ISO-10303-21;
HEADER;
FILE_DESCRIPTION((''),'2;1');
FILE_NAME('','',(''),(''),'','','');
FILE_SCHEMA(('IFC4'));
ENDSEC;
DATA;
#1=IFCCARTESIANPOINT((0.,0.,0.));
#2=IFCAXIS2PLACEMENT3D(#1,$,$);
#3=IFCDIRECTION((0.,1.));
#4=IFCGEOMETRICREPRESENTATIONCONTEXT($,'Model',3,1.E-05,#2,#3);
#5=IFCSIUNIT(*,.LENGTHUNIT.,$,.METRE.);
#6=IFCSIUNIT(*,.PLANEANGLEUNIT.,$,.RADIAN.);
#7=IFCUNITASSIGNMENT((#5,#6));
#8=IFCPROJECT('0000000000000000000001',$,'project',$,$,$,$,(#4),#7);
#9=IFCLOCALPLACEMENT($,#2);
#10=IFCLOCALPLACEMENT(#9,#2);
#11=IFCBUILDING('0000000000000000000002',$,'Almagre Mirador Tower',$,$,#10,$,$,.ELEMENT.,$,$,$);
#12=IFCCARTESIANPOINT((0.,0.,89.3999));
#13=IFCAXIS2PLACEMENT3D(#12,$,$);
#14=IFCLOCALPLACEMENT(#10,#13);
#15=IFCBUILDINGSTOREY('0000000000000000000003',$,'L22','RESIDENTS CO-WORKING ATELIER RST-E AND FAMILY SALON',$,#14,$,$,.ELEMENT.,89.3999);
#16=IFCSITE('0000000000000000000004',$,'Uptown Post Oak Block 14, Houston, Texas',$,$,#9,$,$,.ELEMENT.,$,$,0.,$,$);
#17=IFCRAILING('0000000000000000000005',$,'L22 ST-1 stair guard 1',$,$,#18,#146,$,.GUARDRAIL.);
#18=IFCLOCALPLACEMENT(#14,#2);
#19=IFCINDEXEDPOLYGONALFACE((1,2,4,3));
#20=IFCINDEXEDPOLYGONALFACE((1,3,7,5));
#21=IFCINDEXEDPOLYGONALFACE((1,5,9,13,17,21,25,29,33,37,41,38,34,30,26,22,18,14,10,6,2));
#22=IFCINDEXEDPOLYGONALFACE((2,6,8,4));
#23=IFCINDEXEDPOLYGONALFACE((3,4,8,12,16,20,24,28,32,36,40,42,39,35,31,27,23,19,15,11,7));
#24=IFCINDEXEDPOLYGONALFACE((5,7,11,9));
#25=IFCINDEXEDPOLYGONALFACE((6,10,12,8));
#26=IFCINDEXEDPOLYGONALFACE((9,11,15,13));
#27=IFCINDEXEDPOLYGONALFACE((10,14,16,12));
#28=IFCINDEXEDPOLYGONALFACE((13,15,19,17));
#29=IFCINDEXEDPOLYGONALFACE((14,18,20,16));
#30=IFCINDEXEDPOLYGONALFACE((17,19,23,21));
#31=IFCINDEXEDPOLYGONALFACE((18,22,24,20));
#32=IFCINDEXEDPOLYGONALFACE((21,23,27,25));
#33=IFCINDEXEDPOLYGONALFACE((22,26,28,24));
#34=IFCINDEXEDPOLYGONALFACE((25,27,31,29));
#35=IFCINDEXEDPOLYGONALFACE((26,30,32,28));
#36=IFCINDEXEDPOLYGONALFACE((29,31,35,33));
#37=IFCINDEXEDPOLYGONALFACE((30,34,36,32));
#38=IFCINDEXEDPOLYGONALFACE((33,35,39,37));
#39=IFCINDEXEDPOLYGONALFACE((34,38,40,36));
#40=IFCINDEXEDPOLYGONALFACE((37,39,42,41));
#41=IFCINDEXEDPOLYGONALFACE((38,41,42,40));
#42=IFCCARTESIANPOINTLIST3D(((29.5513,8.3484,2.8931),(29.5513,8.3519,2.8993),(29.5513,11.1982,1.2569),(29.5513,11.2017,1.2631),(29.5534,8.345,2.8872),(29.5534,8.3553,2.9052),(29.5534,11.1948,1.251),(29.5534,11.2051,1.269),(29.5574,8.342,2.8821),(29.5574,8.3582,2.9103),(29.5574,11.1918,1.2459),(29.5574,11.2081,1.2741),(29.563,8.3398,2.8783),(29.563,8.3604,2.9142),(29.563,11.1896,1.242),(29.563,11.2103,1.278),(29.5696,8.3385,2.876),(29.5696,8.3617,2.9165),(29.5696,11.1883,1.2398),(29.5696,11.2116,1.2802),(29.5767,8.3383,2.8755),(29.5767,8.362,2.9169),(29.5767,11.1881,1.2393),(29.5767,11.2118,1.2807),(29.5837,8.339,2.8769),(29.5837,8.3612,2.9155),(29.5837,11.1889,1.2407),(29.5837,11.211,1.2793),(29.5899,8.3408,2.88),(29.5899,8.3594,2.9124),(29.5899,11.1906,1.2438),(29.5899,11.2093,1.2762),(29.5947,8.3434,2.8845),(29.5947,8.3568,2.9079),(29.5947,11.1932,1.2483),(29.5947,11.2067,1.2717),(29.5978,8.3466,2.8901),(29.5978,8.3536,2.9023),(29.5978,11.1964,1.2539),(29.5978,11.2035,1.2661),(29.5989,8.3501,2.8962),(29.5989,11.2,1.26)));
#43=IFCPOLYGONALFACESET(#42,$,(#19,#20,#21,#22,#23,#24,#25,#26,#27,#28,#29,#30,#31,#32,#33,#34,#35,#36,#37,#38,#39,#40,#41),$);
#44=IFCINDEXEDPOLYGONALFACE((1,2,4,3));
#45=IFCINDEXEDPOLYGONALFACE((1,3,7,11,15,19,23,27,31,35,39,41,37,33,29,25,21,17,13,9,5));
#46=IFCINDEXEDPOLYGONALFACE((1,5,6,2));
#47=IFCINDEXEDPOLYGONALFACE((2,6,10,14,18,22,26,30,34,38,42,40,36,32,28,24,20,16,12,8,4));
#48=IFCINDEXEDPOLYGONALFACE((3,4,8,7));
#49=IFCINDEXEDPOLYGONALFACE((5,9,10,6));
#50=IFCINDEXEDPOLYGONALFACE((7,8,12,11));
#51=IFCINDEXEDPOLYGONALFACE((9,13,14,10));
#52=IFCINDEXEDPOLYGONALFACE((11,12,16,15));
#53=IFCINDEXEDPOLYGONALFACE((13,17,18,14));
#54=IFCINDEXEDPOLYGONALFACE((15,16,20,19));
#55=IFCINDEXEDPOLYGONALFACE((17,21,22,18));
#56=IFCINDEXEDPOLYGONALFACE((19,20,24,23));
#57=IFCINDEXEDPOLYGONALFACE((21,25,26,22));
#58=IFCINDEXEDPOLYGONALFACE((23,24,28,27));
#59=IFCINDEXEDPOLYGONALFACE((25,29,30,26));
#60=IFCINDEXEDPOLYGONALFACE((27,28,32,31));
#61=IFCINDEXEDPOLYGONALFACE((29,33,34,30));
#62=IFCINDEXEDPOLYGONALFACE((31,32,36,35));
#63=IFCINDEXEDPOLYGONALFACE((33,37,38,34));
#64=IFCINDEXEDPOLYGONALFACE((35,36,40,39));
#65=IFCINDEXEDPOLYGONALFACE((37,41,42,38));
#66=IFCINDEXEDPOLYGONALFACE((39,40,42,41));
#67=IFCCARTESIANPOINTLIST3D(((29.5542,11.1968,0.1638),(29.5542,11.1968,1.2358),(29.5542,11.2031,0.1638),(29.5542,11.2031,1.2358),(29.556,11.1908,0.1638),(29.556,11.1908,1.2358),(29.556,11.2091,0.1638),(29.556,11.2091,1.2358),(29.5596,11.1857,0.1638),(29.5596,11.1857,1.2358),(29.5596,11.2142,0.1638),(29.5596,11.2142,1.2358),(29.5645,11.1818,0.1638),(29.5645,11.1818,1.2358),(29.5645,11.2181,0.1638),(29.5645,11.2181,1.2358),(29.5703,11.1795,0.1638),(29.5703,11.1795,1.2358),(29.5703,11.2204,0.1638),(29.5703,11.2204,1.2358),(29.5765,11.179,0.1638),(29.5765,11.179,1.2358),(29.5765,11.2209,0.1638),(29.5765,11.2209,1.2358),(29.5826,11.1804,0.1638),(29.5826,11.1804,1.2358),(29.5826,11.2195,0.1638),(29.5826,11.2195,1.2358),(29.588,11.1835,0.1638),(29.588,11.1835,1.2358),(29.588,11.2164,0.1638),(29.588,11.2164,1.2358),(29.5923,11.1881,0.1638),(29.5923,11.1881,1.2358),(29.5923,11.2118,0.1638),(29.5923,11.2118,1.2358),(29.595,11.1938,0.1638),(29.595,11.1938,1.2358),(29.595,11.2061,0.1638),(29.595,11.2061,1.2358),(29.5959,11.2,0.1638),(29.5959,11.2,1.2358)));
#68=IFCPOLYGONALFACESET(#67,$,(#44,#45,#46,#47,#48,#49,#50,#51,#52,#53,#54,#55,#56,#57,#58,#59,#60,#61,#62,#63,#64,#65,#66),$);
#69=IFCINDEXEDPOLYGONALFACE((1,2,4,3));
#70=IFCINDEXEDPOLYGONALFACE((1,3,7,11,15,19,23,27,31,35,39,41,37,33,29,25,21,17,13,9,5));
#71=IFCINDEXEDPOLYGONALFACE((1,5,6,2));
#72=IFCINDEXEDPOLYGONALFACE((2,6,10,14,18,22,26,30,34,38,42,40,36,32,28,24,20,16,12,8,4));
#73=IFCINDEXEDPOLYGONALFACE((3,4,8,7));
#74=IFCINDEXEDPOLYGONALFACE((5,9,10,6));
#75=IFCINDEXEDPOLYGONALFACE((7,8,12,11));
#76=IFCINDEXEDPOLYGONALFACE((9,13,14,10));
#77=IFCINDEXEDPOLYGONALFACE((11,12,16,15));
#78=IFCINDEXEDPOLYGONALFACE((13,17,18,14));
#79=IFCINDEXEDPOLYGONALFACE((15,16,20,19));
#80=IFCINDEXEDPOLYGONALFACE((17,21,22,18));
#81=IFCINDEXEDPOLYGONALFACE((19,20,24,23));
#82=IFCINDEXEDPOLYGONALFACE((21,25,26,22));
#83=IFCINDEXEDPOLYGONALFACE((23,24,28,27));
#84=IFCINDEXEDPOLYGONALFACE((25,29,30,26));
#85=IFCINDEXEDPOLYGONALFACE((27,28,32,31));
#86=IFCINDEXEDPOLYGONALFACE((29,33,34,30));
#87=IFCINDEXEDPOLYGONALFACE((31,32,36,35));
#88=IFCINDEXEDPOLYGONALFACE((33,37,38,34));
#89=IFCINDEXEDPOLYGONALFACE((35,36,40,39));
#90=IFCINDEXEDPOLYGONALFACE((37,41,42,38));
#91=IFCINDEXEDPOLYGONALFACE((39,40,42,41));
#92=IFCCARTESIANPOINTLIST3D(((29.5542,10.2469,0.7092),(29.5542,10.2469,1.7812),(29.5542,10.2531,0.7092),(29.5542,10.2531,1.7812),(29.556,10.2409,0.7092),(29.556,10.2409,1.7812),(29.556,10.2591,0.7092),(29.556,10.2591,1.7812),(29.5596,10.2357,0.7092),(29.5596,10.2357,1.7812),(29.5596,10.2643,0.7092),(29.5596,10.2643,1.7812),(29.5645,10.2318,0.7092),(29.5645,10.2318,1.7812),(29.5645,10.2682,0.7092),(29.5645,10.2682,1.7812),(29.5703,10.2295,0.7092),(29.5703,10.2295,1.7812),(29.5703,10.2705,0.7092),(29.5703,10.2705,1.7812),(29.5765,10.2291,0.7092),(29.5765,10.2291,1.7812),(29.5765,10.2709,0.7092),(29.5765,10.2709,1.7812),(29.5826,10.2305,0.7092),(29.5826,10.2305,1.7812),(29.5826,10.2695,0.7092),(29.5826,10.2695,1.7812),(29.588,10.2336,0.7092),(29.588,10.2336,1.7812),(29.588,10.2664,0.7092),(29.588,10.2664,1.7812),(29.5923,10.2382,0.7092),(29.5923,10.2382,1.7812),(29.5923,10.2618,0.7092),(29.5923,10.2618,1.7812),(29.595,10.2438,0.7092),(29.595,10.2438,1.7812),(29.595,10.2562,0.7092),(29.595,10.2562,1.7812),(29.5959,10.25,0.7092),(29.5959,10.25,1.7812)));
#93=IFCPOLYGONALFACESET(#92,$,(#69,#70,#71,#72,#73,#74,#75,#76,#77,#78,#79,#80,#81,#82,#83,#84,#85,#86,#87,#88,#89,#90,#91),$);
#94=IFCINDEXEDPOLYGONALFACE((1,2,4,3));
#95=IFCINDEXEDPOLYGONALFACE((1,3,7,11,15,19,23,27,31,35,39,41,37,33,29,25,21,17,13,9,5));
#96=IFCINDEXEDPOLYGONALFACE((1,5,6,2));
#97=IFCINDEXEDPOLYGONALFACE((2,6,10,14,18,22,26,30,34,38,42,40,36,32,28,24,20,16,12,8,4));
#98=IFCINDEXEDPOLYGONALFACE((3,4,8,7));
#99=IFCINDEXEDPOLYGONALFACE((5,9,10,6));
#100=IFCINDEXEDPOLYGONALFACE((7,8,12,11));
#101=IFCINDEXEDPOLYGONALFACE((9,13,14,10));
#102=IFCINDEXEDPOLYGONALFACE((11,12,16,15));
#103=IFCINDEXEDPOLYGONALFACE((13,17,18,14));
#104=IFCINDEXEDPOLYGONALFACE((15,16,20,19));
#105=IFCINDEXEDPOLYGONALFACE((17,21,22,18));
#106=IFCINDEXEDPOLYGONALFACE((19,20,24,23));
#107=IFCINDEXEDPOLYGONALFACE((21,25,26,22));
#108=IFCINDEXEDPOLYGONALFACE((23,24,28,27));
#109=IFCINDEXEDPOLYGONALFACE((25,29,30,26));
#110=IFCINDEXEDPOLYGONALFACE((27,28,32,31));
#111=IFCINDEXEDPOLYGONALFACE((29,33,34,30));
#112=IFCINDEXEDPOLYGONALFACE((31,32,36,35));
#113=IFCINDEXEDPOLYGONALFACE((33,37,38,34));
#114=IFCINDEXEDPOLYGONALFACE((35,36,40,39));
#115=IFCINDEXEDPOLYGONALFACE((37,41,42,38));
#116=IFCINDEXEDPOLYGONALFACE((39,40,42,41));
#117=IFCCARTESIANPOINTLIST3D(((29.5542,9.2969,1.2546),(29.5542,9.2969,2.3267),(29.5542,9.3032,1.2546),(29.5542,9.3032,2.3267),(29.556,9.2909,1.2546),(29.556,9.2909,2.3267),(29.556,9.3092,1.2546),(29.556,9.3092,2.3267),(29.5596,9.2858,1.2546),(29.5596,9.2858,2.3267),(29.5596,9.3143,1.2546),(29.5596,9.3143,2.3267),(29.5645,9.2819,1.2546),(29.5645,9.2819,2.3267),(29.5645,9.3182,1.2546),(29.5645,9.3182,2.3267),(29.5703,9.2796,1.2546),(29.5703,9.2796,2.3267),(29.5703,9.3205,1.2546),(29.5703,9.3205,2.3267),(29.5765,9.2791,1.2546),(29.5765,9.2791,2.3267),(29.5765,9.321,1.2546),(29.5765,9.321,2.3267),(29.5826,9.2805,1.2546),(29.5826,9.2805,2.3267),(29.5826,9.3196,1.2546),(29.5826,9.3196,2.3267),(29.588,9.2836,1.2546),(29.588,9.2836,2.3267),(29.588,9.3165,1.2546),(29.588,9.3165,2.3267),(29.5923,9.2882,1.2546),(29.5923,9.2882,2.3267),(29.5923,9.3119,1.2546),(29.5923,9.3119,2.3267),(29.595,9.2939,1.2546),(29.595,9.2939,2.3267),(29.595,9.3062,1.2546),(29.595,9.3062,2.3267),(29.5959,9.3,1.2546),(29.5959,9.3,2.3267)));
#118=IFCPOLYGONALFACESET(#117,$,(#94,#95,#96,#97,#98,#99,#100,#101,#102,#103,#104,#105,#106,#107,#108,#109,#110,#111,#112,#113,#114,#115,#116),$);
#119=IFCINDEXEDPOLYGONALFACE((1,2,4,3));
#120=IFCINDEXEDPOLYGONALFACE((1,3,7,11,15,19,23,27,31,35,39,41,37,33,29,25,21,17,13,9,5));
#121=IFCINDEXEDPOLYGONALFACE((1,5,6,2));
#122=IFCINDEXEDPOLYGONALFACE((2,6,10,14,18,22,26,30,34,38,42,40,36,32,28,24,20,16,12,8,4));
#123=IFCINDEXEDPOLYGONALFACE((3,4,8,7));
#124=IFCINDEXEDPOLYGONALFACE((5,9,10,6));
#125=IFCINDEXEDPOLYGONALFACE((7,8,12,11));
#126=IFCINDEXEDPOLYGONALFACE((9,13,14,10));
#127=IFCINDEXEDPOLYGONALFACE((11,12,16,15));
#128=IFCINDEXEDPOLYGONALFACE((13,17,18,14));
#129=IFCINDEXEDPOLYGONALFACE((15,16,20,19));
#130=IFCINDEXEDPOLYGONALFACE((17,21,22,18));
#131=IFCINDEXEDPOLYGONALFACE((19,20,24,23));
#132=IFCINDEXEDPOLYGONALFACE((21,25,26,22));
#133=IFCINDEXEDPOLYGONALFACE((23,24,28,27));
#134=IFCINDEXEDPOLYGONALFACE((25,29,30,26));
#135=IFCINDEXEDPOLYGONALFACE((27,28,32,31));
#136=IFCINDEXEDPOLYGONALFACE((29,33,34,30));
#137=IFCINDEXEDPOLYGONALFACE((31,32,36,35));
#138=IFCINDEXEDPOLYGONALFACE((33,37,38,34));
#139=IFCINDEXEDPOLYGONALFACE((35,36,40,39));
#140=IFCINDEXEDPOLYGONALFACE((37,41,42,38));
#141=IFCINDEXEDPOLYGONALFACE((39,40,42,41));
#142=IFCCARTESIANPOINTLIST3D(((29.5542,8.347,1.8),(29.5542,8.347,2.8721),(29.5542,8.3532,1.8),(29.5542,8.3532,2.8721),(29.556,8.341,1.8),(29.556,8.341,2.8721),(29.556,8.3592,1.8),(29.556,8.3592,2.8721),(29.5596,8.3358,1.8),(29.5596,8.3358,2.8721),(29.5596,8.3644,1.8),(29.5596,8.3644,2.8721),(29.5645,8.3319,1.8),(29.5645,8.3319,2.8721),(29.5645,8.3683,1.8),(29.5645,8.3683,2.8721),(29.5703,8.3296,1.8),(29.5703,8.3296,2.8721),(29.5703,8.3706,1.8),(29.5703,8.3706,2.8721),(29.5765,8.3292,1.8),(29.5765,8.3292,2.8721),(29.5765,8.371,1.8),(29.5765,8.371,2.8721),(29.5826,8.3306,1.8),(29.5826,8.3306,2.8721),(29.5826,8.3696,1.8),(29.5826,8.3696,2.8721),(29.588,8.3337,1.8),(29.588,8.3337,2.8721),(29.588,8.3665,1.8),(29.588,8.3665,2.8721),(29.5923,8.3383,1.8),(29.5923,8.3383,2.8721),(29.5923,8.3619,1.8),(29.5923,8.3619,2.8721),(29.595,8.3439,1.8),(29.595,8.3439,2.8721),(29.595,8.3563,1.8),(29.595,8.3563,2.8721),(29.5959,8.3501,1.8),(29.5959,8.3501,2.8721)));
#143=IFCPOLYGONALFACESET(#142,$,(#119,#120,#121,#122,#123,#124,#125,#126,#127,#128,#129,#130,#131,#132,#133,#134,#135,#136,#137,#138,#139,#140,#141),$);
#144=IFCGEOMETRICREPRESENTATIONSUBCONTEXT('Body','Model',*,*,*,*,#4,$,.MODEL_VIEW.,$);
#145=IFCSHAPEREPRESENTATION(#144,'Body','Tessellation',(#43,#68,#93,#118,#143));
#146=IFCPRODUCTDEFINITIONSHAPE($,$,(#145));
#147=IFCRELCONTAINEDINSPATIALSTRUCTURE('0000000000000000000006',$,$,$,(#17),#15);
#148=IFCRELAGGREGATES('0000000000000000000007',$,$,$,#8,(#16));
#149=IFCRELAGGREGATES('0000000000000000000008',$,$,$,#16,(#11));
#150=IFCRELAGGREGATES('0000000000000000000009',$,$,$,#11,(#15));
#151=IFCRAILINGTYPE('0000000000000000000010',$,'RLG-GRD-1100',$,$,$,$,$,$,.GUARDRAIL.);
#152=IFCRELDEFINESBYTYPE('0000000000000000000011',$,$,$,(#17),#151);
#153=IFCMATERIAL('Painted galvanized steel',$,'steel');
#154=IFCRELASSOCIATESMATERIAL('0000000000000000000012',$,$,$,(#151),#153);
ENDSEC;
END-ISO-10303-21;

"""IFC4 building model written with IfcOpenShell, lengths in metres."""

from ifc_helpers import new_model, si_unit, direction, frame, origin, origin_2d, place, context, subcontext, project, spatial, circle, extrude, material, type_object, element, save


model = new_model("IFC4")

# Units and contexts
model_context = context("Model", 3, precision=1e-05, world=origin(), true_north=direction((0.0, 1.0)))
body_context = subcontext(model_context, "Body", "Model", "MODEL_VIEW")
ifc_project = project(units=[si_unit("LENGTHUNIT", "METRE"), si_unit("PLANEANGLEUNIT", "RADIAN")], contexts=[model_context])

# Site, building, storey
site_placement = place(None, origin())
site = spatial("IfcSite", under=ifc_project, at=site_placement, Name="Uptown Post Oak Block 14, Houston, Texas", CompositionType="ELEMENT", RefElevation=0.0)
building_placement = place(site_placement, origin())
building = spatial("IfcBuilding", under=site, at=building_placement, Name="Almagre Mirador Tower", CompositionType="ELEMENT")
storey_placement = place(building_placement, frame((0.0, 0.0, 89.3999)))
storey = spatial("IfcBuildingStorey", under=building, at=storey_placement, Name="L22", Description="RESIDENTS CO-WORKING ATELIER RST-E AND FAMILY SALON", CompositionType="ELEMENT", Elevation=89.3999)

# Railing
ifc_material_1 = material(Name="Painted galvanized steel", Category="steel")
railing_type_1 = type_object("IfcRailingType", Name="RLG-GRD-1100", PredefinedType="GUARDRAIL", material=ifc_material_1)
railing_1_placement = place(storey_placement, frame((29.575, 11.2, 0.1638)))
element("IfcRailing", 1, at=railing_1_placement, inside=storey, type_object=railing_type_1, Name="L22 ST-1 stair guard 1", PredefinedType="GUARDRAIL", context=body_context, shape_type="SweptSolid", body=[
    extrude(circle(Radius=0.0239, at=origin_2d()), frame((0.0, 0.0, 1.0962), z_axis=(0.0, -0.867226, 0.497914), x_axis=(1.0, 0.0, 0.0)), (0.0, 0.0, 1.0), 3.2861),
    extrude(circle(Radius=0.021, at=origin_2d()), origin(), (0.0, 0.0, 1.0), 1.072),
    extrude(circle(Radius=0.021, at=origin_2d()), frame((0.0, -0.95, 0.5454)), (0.0, 0.0, 1.0), 1.072),
    extrude(circle(Radius=0.021, at=origin_2d()), frame((0.0, -1.8999, 1.0908)), (0.0, 0.0, 1.0), 1.072),
    extrude(circle(Radius=0.021, at=origin_2d()), frame((0.0, -2.8499, 1.6362)), (0.0, 0.0, 1.0), 1.072),
])

save(model, "model.ifc")
